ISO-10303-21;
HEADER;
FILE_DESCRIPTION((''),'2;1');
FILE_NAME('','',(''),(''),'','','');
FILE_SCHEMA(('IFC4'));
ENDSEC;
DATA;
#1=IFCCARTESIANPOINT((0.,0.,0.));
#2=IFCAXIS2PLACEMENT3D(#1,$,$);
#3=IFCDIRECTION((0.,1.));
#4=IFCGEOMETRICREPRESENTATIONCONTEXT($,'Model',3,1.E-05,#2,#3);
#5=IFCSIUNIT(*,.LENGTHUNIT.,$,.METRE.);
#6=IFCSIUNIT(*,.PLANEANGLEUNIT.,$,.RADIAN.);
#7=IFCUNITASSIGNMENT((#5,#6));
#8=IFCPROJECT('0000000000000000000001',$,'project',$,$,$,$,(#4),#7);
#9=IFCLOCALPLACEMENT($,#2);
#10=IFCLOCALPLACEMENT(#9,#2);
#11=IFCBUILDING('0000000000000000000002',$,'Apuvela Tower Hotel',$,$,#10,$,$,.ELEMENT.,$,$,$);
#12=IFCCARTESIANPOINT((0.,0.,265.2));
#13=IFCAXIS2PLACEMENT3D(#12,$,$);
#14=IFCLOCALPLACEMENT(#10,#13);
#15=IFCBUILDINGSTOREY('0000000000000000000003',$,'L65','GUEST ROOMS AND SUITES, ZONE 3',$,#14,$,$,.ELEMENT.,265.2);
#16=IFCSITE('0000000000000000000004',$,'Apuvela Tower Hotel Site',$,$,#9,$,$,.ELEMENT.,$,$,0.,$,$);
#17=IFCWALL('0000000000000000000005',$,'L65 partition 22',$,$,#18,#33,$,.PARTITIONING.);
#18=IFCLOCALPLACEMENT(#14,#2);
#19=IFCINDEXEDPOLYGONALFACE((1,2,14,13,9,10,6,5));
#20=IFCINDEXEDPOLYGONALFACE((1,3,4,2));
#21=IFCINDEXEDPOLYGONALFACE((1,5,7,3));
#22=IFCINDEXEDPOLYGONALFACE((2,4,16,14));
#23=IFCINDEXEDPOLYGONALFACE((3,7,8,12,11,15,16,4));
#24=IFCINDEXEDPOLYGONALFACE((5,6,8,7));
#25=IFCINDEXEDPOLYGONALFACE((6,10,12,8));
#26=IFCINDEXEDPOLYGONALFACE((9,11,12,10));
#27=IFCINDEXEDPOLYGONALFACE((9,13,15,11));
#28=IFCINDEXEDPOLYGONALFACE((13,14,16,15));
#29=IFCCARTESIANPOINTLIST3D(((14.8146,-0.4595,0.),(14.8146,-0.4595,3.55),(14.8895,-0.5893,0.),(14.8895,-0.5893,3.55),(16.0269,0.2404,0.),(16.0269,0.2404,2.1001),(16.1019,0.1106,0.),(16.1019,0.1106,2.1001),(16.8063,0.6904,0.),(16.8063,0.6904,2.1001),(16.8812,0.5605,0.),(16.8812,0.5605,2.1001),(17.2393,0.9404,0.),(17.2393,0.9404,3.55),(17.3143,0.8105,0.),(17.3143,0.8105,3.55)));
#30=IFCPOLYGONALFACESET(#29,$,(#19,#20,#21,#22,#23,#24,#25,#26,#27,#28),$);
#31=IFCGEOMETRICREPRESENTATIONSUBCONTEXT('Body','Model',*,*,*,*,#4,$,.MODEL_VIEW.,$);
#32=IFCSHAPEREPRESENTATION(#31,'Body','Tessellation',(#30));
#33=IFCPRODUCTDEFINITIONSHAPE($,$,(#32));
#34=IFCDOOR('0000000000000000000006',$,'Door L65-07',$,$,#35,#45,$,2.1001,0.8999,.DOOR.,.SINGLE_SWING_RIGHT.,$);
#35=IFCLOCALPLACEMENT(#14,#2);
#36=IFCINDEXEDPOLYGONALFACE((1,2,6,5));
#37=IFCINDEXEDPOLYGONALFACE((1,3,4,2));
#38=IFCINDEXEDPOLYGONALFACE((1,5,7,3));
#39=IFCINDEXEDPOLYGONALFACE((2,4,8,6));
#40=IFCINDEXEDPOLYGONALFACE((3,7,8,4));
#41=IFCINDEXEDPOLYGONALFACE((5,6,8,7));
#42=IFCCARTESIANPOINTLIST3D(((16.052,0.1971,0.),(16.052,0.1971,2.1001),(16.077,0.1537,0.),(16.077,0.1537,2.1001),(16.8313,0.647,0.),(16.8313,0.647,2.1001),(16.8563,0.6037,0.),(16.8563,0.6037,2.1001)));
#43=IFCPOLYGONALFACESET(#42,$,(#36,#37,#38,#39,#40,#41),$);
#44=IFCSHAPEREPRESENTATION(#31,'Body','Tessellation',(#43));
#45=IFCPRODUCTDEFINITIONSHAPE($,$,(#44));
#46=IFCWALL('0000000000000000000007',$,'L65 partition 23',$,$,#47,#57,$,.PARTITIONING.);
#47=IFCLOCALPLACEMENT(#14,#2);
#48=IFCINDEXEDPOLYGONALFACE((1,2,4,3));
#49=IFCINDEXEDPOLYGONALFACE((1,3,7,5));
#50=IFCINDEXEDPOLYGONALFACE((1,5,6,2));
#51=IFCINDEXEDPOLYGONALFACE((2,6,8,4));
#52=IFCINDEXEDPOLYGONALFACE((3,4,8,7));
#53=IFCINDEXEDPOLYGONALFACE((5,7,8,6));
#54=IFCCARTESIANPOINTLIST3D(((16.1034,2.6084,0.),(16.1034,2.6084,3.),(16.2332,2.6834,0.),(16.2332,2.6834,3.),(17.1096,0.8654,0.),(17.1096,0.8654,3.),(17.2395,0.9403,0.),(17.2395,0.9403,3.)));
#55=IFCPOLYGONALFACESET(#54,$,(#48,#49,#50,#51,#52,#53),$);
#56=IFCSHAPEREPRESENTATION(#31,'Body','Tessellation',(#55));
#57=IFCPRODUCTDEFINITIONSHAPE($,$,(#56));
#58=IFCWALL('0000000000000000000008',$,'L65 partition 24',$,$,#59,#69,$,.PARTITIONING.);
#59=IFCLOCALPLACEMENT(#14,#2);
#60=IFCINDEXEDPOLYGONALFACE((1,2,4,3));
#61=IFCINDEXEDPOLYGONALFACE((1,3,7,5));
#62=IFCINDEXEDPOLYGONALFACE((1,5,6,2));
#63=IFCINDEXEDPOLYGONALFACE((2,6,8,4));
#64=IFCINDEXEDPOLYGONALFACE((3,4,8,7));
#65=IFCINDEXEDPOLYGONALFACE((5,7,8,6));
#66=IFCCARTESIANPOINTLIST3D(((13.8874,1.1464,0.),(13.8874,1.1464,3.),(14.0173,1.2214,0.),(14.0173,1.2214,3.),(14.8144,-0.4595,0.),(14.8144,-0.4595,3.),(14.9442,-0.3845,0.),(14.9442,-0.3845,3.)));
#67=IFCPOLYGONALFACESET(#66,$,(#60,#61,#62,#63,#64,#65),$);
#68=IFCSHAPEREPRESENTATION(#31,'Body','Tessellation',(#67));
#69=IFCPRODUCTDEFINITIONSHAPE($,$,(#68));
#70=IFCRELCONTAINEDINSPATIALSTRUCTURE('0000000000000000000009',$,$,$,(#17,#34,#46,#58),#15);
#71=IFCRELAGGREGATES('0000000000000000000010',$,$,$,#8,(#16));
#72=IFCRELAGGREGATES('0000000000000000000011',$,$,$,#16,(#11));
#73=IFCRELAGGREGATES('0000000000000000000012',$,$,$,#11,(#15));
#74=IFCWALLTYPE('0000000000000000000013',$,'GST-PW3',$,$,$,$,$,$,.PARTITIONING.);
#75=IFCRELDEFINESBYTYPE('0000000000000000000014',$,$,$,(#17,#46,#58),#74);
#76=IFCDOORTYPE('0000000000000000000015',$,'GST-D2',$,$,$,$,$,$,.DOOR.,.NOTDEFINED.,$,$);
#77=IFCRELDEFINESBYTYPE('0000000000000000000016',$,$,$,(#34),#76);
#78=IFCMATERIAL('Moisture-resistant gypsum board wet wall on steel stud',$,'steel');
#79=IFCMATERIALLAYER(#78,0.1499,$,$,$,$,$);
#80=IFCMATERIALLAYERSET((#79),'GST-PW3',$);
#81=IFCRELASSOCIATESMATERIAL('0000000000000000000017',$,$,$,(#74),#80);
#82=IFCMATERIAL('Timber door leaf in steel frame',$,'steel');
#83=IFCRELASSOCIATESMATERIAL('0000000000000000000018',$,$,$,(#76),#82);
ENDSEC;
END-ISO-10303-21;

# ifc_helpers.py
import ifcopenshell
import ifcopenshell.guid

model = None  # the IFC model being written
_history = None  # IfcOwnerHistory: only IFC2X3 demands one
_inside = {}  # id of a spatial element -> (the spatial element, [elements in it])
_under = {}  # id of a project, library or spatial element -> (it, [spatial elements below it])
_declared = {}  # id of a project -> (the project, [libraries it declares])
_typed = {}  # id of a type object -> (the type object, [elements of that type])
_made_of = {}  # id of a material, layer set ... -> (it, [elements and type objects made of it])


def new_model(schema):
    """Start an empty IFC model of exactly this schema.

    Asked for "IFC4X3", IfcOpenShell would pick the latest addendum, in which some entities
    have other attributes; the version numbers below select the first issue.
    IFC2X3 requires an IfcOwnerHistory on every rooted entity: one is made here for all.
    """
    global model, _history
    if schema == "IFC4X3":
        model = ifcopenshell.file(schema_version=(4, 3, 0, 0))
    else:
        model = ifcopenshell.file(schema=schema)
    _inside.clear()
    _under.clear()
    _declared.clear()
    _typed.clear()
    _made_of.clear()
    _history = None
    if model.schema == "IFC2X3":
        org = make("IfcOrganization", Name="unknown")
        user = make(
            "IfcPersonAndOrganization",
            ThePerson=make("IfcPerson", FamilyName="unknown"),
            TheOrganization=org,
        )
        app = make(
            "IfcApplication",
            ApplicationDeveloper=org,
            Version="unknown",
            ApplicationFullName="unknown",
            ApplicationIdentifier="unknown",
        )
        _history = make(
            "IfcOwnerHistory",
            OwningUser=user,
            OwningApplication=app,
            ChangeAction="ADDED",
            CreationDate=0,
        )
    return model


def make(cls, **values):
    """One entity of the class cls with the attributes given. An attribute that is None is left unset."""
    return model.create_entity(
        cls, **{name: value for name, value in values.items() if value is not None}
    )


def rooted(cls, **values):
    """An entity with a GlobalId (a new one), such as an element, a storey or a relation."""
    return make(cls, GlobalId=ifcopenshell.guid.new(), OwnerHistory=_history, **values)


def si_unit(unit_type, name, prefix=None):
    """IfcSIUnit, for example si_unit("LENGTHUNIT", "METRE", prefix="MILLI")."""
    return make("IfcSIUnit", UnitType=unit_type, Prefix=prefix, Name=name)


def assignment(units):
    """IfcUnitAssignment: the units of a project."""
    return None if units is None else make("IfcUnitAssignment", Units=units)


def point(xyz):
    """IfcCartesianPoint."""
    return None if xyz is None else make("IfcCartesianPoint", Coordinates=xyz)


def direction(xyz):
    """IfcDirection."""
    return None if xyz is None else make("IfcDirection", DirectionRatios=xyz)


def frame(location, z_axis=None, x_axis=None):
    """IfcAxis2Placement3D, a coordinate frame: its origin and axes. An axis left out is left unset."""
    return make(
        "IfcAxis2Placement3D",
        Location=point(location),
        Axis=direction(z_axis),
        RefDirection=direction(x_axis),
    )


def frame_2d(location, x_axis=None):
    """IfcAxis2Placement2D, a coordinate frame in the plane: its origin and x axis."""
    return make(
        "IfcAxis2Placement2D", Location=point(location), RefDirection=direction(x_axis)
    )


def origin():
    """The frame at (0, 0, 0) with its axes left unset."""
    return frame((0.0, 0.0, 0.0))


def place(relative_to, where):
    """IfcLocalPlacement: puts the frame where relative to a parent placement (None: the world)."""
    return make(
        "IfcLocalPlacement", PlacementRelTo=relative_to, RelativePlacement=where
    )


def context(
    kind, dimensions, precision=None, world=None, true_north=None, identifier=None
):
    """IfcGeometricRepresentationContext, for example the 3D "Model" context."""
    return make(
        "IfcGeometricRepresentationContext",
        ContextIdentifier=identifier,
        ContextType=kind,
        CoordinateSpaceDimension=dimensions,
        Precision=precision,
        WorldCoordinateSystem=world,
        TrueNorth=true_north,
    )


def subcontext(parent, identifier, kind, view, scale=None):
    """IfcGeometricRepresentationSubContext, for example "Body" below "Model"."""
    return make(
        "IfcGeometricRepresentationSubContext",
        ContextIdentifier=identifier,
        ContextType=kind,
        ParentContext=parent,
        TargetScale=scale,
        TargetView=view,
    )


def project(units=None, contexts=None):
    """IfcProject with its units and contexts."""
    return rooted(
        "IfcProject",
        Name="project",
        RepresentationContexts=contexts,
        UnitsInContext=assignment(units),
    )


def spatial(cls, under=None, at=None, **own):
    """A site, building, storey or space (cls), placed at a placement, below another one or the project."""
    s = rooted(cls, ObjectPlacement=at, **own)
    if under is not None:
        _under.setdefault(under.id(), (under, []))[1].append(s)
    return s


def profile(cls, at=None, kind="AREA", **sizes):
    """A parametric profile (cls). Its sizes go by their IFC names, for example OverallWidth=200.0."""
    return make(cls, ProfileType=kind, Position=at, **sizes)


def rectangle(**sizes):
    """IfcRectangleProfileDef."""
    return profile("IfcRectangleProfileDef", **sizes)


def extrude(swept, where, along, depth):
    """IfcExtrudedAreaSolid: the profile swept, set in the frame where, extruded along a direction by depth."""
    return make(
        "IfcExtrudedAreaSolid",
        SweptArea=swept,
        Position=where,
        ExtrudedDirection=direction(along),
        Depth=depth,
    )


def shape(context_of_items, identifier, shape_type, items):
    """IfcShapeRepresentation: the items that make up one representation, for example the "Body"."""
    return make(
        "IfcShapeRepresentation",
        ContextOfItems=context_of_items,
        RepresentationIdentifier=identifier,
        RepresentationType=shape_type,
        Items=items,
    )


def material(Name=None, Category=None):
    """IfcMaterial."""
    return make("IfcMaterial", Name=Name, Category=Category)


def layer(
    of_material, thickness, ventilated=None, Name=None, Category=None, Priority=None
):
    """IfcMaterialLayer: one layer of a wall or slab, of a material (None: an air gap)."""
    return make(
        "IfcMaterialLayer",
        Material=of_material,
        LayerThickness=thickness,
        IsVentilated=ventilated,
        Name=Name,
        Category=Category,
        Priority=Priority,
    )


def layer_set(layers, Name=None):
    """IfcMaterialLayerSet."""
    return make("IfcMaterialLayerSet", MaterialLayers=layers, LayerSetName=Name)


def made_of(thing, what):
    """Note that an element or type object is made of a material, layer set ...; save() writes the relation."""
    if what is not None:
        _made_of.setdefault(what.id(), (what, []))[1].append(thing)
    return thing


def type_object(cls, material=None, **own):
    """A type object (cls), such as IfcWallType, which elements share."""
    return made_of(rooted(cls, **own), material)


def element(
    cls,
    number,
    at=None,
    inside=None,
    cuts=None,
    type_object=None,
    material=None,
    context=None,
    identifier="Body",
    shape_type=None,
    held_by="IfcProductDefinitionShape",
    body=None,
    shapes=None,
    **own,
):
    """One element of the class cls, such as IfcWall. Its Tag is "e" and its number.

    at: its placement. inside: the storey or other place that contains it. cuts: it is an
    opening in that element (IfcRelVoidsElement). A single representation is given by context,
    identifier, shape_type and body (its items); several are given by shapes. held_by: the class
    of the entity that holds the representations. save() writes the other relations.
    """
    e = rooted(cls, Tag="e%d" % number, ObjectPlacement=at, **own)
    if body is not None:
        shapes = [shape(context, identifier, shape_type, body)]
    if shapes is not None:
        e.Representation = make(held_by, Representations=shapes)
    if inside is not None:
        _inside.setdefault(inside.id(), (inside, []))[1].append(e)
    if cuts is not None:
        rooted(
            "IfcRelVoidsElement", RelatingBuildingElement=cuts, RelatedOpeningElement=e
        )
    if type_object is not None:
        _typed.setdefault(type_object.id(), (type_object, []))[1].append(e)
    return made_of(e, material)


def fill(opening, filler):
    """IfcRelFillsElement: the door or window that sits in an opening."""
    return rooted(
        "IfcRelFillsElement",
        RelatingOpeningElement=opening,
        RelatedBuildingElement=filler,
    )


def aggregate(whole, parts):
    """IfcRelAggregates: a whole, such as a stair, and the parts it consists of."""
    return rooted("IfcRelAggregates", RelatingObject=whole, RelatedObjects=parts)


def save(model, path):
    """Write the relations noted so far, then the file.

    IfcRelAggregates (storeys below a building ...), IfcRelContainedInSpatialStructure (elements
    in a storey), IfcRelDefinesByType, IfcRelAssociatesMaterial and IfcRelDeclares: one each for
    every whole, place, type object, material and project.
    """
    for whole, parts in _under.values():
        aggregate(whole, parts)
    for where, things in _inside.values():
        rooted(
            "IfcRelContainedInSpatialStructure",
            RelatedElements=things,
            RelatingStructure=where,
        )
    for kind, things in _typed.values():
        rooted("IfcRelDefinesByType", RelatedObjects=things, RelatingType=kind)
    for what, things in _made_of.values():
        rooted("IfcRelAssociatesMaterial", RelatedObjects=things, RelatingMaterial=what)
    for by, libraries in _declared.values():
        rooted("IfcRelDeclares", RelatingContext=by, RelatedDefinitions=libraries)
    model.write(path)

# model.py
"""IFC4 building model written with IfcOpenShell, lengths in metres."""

from ifc_helpers import new_model, si_unit, direction, frame, frame_2d, origin, place, context, subcontext, project, spatial, rectangle, extrude, material, layer, layer_set, type_object, element, fill, save


model = new_model("IFC4")

# Units and contexts
model_context = context("Model", 3, precision=1e-05, world=origin(), true_north=direction((0.0, 1.0)))
body_context = subcontext(model_context, "Body", "Model", "MODEL_VIEW")
ifc_project = project(units=[si_unit("LENGTHUNIT", "METRE"), si_unit("PLANEANGLEUNIT", "RADIAN")], contexts=[model_context])

# Site, building, storey
site_placement = place(None, origin())
site = spatial("IfcSite", under=ifc_project, at=site_placement, Name="Apuvela Tower Hotel Site", CompositionType="ELEMENT", RefElevation=0.0)
building_placement = place(site_placement, origin())
building = spatial("IfcBuilding", under=site, at=building_placement, Name="Apuvela Tower Hotel", CompositionType="ELEMENT")
storey_placement = place(building_placement, frame((0.0, 0.0, 265.2)))
storey = spatial("IfcBuildingStorey", under=building, at=storey_placement, Name="L65", Description="GUEST ROOMS AND SUITES, ZONE 3", CompositionType="ELEMENT", Elevation=265.2)

# Wall, opening, door
ifc_material_1 = material(Name="Moisture-resistant gypsum board wet wall on steel stud", Category="steel")
ifc_layer_1 = layer(ifc_material_1, 0.1499)
ifc_layer_set_1 = layer_set([ifc_layer_1], Name="GST-PW3")
wall_type_1 = type_object("IfcWallType", Name="GST-PW3", PredefinedType="PARTITIONING", material=ifc_layer_set_1)
wall_1_placement = place(storey_placement, frame((14.8521, -0.5244, 0.0), z_axis=(0.0, 0.0, 1.0), x_axis=(0.866035, 0.499984, 0.0)))
wall_1 = element("IfcWall", 1, at=wall_1_placement, inside=storey, type_object=wall_type_1, Name="L65 partition 22", PredefinedType="PARTITIONING", context=body_context, shape_type="SweptSolid", body=[
    extrude(rectangle(XDim=2.7998, YDim=0.1499, at=frame_2d((1.3999, 0.0))), origin(), (0.0, 0.0, 1.0), 3.55),
])
opening_1_placement = place(wall_1_placement, frame((1.3999, 0.0, 0.0)))
opening_1 = element("IfcOpeningElement", 2, at=opening_1_placement, cuts=wall_1, PredefinedType="OPENING", context=body_context, shape_type="SweptSolid", body=[
    extrude(rectangle(XDim=0.8999, YDim=2.1001, at=frame_2d((0.45, 1.05))), frame((0.0, 0.085, 0.0), z_axis=(0.0, -1.0, 0.0), x_axis=(1.0, 0.0, 0.0)), (0.0, 0.0, 1.0), 0.1699),
])
ifc_material_2 = material(Name="Timber door leaf in steel frame", Category="steel")
door_type_1 = type_object("IfcDoorType", Name="GST-D2", OperationType="NOTDEFINED", PredefinedType="DOOR", material=ifc_material_2)
door_1_placement = place(opening_1_placement, origin())
door_1 = element("IfcDoor", 3, at=door_1_placement, inside=storey, type_object=door_type_1, Name="Door L65-07", OperationType="SINGLE_SWING_RIGHT", OverallHeight=2.1001, OverallWidth=0.8999, PredefinedType="DOOR", context=body_context, shape_type="SweptSolid", body=[
    extrude(rectangle(XDim=0.8999, YDim=2.1001, at=frame_2d((0.45, 1.05))), frame((0.0, 0.0249, 0.0), z_axis=(0.0, -1.0, 0.0), x_axis=(1.0, 0.0, 0.0)), (0.0, 0.0, 1.0), 0.05),
])
fill(opening_1, door_1)

# Walls
wall_2_placement = place(storey_placement, frame((17.1746, 0.9028, 0.0), z_axis=(0.0, 0.0, 1.0), x_axis=(-0.499974, 0.86604, 0.0)))
element("IfcWall", 4, at=wall_2_placement, inside=storey, type_object=wall_type_1, Name="L65 partition 23", PredefinedType="PARTITIONING", context=body_context, shape_type="SweptSolid", body=[
    extrude(rectangle(XDim=2.0127, YDim=0.1499, at=frame_2d((1.0063, 0.0))), origin(), (0.0, 0.0, 1.0), 3.0),
])
wall_3_placement = place(storey_placement, frame((14.8794, -0.4221, 0.0), z_axis=(0.0, 0.0, 1.0), x_axis=(-0.49992, 0.866072, 0.0)))
element("IfcWall", 5, at=wall_3_placement, inside=storey, type_object=wall_type_1, Name="L65 partition 24", PredefinedType="PARTITIONING", context=body_context, shape_type="SweptSolid", body=[
    extrude(rectangle(XDim=1.8542, YDim=0.1499, at=frame_2d((0.9272, 0.0))), origin(), (0.0, 0.0, 1.0), 3.0),
])

save(model, "model.ifc")
